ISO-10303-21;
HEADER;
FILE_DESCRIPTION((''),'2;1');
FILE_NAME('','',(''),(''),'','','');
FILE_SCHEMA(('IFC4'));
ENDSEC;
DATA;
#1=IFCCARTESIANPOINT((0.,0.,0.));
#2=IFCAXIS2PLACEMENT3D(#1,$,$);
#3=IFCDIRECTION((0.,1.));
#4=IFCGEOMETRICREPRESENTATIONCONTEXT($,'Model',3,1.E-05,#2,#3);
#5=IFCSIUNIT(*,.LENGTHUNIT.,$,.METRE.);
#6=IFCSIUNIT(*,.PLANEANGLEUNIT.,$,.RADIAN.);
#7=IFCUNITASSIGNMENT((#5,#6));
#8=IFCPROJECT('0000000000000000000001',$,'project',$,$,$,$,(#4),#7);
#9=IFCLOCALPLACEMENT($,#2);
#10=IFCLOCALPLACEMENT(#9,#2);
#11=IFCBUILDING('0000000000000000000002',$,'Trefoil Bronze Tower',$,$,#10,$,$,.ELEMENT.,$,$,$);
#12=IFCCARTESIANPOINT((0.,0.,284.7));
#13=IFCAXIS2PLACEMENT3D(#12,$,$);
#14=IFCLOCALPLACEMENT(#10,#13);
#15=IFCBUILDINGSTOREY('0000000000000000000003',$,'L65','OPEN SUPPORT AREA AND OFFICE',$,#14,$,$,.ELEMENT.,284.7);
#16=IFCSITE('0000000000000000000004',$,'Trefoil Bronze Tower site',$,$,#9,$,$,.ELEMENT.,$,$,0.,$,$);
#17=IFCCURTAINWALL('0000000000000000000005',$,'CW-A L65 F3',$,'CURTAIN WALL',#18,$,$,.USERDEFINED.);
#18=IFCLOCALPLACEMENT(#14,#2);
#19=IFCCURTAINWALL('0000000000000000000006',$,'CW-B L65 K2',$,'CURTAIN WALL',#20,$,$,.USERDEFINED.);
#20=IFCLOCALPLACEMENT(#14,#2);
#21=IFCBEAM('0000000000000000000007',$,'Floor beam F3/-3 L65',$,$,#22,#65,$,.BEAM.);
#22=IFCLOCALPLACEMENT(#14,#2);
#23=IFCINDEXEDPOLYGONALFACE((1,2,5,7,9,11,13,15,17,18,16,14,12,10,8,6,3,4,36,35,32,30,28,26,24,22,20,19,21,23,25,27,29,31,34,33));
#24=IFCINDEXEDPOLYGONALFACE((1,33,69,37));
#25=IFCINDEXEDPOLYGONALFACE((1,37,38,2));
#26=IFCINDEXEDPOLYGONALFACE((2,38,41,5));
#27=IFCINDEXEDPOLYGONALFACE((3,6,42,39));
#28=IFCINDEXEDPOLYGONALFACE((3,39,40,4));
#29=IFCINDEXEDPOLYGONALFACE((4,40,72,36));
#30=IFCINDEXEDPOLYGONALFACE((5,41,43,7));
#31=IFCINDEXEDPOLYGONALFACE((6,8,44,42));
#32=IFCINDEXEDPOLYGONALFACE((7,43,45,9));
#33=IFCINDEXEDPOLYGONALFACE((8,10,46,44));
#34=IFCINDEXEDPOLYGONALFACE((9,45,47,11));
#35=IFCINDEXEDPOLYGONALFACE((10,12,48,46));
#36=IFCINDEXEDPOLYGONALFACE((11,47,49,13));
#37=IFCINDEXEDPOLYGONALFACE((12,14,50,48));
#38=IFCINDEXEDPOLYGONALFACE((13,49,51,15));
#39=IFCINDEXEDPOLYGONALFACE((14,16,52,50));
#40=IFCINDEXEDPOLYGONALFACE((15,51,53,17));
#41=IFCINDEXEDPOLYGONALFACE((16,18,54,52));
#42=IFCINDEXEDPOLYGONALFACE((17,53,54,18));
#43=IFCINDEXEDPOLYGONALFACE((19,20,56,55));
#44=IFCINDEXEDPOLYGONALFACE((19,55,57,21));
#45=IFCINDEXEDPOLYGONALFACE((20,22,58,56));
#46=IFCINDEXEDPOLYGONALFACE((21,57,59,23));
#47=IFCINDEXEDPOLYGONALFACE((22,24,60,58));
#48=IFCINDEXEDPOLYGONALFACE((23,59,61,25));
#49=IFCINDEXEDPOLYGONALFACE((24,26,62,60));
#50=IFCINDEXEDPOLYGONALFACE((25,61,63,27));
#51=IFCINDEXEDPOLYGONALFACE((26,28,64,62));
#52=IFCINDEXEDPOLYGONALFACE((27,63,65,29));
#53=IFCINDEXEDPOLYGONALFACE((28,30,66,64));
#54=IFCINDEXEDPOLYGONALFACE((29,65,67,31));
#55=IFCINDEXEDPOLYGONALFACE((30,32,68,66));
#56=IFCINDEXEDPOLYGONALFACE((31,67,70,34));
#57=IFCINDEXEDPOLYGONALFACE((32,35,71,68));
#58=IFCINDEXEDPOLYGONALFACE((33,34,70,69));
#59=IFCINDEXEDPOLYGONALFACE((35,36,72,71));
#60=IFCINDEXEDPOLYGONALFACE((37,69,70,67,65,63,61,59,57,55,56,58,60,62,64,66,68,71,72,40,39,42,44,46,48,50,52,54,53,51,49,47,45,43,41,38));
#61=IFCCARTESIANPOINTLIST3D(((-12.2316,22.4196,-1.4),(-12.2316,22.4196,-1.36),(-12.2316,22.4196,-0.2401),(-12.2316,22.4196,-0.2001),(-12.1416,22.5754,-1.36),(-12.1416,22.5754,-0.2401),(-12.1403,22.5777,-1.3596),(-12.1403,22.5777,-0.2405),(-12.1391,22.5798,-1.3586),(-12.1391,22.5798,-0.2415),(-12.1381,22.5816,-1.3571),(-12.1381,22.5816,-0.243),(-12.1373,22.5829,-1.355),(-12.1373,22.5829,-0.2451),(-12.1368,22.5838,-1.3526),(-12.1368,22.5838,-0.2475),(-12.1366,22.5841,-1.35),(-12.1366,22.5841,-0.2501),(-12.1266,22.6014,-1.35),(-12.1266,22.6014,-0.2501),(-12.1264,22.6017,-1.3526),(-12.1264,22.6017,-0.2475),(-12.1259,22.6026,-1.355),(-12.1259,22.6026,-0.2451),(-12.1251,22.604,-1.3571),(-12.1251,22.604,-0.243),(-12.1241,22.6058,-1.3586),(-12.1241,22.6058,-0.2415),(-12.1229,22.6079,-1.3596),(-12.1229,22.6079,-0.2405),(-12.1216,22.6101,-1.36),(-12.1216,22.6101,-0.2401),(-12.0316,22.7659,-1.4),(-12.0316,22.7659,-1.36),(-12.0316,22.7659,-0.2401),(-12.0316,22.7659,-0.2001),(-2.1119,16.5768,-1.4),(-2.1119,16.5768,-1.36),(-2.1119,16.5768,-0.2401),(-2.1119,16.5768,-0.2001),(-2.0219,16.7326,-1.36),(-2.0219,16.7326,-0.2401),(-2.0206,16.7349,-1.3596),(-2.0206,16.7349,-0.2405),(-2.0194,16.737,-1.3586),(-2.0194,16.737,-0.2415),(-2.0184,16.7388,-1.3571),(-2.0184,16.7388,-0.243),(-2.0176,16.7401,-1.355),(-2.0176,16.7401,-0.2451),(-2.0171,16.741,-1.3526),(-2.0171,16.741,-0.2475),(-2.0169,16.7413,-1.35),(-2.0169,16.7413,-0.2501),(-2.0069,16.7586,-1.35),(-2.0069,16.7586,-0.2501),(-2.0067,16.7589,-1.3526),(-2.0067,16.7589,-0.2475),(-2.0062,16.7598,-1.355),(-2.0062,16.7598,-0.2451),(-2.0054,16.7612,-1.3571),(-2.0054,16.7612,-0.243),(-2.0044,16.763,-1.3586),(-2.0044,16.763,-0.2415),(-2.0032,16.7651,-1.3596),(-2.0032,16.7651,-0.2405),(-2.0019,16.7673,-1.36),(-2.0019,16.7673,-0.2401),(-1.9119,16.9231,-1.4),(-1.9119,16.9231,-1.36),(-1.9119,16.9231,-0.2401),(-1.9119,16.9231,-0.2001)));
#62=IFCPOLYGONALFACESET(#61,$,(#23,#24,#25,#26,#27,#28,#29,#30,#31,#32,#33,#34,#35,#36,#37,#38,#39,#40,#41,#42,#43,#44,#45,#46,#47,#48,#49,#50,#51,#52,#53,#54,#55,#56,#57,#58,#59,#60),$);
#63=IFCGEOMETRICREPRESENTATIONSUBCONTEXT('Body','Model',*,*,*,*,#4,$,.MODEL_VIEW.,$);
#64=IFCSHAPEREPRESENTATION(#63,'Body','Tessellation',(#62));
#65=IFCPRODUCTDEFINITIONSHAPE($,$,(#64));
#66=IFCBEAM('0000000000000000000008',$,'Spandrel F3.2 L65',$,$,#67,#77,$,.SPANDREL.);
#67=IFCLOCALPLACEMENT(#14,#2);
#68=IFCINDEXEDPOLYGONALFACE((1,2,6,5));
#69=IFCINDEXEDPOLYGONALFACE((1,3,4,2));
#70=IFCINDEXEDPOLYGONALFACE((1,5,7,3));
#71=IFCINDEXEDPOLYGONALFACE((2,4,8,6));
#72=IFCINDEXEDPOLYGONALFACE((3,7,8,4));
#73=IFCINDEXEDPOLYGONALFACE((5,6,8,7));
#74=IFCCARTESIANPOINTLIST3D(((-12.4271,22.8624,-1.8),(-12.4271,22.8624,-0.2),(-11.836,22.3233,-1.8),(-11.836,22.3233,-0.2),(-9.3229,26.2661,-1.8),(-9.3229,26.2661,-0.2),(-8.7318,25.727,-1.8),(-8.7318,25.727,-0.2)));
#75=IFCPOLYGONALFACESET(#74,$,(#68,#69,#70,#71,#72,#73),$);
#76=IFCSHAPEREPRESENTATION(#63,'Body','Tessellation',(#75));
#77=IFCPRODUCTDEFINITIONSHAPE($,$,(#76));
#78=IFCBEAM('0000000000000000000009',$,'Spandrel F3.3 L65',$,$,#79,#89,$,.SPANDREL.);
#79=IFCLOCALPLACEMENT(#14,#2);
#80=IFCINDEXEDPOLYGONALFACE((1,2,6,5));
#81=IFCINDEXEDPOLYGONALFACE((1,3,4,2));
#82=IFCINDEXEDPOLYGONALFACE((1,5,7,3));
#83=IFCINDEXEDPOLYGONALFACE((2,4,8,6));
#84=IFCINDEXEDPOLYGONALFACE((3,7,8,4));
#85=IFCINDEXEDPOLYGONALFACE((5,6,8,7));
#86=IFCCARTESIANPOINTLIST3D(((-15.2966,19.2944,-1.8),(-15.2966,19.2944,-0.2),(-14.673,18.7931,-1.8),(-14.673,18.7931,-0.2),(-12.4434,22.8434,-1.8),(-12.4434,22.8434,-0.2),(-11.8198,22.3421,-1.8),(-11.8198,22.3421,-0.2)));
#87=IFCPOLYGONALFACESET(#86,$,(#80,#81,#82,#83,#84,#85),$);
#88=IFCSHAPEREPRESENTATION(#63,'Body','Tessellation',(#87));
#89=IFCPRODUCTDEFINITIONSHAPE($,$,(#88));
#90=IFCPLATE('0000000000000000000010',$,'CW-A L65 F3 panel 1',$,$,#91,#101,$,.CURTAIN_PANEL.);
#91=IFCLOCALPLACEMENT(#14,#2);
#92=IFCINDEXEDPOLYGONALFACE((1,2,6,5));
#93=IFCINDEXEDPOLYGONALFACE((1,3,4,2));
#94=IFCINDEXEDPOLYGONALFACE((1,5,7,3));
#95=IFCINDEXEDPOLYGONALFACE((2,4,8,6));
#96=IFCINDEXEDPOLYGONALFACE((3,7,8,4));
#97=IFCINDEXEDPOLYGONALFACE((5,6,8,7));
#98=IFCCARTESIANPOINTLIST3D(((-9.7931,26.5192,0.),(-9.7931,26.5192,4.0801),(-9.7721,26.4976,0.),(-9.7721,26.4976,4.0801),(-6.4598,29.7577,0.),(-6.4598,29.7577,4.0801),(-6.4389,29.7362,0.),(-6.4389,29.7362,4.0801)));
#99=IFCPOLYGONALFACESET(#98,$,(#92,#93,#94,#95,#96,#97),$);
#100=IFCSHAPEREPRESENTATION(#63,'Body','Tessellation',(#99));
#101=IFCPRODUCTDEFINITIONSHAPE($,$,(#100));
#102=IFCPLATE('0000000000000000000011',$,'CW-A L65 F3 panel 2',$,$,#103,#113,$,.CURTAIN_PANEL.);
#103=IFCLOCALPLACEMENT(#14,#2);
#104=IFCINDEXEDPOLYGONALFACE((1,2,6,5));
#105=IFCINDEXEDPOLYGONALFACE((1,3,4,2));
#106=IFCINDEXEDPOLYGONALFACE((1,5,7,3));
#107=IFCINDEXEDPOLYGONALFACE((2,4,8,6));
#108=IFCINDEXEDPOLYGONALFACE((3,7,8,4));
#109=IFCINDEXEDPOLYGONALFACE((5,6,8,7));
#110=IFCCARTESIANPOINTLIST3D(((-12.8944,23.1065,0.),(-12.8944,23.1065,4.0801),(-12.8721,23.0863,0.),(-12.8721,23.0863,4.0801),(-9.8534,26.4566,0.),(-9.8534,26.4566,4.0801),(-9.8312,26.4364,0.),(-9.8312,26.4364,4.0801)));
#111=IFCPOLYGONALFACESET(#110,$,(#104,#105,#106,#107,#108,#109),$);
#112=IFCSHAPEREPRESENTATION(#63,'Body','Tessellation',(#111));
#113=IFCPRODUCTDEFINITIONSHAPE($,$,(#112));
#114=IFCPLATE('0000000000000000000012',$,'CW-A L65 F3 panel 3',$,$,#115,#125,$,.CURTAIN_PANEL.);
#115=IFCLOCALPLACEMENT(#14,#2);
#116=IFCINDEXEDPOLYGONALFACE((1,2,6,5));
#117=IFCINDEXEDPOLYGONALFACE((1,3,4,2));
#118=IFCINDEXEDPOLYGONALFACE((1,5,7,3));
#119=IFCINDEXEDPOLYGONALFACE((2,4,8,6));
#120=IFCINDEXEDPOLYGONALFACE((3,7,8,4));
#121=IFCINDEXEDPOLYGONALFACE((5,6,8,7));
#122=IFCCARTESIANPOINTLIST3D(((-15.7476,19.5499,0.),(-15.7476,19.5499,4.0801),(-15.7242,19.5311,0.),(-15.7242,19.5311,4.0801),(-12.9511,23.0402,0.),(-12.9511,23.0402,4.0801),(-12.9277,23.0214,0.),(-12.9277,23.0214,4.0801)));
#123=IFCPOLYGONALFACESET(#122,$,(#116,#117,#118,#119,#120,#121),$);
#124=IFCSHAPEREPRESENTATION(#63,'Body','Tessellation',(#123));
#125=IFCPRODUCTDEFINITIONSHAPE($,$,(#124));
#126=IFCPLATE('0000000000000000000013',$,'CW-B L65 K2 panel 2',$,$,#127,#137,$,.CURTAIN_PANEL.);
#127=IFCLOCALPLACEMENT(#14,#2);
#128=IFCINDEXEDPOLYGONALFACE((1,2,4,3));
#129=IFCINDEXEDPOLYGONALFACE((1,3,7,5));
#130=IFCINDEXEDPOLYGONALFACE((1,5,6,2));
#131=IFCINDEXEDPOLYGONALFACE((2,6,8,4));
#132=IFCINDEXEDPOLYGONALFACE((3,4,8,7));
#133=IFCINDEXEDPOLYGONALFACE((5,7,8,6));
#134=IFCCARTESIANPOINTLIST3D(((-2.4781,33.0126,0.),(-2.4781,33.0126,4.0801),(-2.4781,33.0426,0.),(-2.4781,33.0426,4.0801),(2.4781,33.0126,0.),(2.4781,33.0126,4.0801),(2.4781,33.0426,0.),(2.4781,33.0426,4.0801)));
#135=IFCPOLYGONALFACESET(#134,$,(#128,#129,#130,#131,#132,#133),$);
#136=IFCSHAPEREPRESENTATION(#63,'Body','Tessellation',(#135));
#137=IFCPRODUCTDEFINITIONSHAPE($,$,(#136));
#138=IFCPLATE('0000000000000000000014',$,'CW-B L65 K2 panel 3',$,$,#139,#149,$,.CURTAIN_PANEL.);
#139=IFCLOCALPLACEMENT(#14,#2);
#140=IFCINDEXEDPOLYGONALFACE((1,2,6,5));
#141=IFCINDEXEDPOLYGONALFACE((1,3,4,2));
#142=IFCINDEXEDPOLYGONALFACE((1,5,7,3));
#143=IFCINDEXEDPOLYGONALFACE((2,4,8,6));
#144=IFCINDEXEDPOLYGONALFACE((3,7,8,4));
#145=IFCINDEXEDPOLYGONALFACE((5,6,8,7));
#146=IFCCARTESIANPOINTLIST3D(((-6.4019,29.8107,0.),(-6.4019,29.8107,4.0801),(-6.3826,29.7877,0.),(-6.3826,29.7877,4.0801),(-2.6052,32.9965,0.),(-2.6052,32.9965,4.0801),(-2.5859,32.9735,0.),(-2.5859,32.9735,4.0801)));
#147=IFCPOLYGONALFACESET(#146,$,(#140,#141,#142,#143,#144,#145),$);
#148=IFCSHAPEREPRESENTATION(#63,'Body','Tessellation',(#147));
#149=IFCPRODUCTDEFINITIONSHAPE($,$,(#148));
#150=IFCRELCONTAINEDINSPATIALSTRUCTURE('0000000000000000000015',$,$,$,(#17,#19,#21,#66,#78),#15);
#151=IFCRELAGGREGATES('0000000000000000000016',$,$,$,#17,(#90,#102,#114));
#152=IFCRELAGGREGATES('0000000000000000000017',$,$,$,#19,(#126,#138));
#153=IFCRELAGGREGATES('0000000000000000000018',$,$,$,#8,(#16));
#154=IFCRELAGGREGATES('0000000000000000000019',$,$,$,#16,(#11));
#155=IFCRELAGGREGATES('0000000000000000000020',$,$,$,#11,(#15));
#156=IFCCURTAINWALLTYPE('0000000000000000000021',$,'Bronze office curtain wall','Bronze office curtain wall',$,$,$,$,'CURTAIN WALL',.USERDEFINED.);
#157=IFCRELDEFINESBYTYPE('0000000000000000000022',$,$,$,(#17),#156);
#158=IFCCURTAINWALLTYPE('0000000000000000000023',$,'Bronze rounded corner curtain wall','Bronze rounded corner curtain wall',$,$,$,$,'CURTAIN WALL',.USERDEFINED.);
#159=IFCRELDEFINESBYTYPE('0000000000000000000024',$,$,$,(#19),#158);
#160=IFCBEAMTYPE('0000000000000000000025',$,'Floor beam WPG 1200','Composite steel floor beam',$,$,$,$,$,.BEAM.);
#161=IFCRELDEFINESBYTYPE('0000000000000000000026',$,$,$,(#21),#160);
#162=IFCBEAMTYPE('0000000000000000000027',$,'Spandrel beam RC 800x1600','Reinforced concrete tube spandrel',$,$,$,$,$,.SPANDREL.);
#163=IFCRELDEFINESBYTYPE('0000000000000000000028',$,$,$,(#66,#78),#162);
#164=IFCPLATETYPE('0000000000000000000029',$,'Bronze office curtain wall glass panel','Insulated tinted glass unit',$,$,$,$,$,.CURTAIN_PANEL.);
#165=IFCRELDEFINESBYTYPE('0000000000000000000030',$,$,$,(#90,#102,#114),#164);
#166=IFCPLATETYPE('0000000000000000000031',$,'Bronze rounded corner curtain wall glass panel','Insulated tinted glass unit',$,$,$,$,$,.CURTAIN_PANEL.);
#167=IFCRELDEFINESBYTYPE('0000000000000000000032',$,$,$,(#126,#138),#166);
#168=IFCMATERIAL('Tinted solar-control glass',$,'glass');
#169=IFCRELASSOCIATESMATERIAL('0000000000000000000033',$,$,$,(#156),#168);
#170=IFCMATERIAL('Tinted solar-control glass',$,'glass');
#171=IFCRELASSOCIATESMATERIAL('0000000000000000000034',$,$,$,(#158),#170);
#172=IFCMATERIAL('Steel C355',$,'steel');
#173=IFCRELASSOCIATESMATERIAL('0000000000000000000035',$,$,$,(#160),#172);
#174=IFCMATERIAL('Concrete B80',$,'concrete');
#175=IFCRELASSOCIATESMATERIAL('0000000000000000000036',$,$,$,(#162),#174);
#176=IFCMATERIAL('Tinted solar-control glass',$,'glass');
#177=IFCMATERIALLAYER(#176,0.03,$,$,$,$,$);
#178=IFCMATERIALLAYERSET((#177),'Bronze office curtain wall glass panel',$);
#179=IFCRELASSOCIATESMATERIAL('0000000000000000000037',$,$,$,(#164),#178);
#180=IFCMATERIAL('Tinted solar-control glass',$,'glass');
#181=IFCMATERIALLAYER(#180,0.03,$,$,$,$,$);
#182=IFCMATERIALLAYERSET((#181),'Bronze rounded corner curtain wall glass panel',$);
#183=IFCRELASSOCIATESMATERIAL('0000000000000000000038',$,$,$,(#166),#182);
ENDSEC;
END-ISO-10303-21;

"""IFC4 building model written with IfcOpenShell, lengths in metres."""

from ifc_helpers import new_model, si_unit, direction, frame, origin, origin_2d, place, context, subcontext, project, spatial, rectangle, i_section, extrude, material, layer, layer_set, material_profile, profile_set, type_object, element, aggregate, save


model = new_model("IFC4")

# Units and contexts
model_context = context("Model", 3, precision=1e-05, world=origin(), true_north=direction((0.0, 1.0)))
body_context = subcontext(model_context, "Body", "Model", "MODEL_VIEW")
ifc_project = project(units=[si_unit("LENGTHUNIT", "METRE"), si_unit("PLANEANGLEUNIT", "RADIAN")], contexts=[model_context])

# Site, building, storey
site_placement = place(None, origin())
site = spatial("IfcSite", under=ifc_project, at=site_placement, Name="Trefoil Bronze Tower site", CompositionType="ELEMENT", RefElevation=0.0)
building_placement = place(site_placement, origin())
building = spatial("IfcBuilding", under=site, at=building_placement, Name="Trefoil Bronze Tower", CompositionType="ELEMENT")
storey_placement = place(building_placement, frame((0.0, 0.0, 284.7)))
storey = spatial("IfcBuildingStorey", under=building, at=storey_placement, Name="L65", Description="OPEN SUPPORT AREA AND OFFICE", CompositionType="ELEMENT", Elevation=284.7)

# Curtain walls
ifc_material_1 = material(Name="Tinted solar-control glass", Category="glass")
curtain_wall_type_1 = type_object("IfcCurtainWallType", Name="Bronze office curtain wall", Description="Bronze office curtain wall", ElementType="CURTAIN WALL", PredefinedType="USERDEFINED", material=ifc_material_1)
curtain_wall_1_placement = place(storey_placement, origin())
curtain_wall_1 = element("IfcCurtainWall", 1, at=curtain_wall_1_placement, inside=storey, type_object=curtain_wall_type_1, Name="CW-A L65 F3", ObjectType="CURTAIN WALL", PredefinedType="USERDEFINED")
ifc_material_2 = material(Name="Tinted solar-control glass", Category="glass")
curtain_wall_type_2 = type_object("IfcCurtainWallType", Name="Bronze rounded corner curtain wall", Description="Bronze rounded corner curtain wall", ElementType="CURTAIN WALL", PredefinedType="USERDEFINED", material=ifc_material_2)
curtain_wall_2_placement = place(storey_placement, origin())
curtain_wall_2 = element("IfcCurtainWall", 2, at=curtain_wall_2_placement, inside=storey, type_object=curtain_wall_type_2, Name="CW-B L65 K2", ObjectType="CURTAIN WALL", PredefinedType="USERDEFINED")

# Beams
ifc_material_3 = material(Name="Steel C355", Category="steel")
ifc_material_profile_1 = material_profile(ifc_material_3, i_section(OverallWidth=0.3999, OverallDepth=1.2, WebThickness=0.02, FlangeThickness=0.04, FilletRadius=0.01, at=origin_2d()), Name="WPG 1200")
ifc_profile_set_1 = profile_set([ifc_material_profile_1], Name="Steel C355")
beam_type_1 = type_object("IfcBeamType", Name="Floor beam WPG 1200", Description="Composite steel floor beam", PredefinedType="BEAM", material=ifc_profile_set_1)
beam_1_placement = place(storey_placement, frame((-12.1316, 22.5928, -0.8), z_axis=(0.866018, -0.500013, 0.0), x_axis=(0.500013, 0.866018, 0.0)))
element("IfcBeam", 3, at=beam_1_placement, inside=storey, type_object=beam_type_1, Name="Floor beam F3/-3 L65", PredefinedType="BEAM", context=body_context, shape_type="SweptSolid", body=[
    extrude(i_section(OverallWidth=0.3999, OverallDepth=1.2, WebThickness=0.02, FlangeThickness=0.04, FilletRadius=0.01, at=origin_2d()), origin(), (0.0, 0.0, 1.0), 11.6853),
])
ifc_material_4 = material(Name="Concrete B80", Category="concrete")
ifc_material_profile_2 = material_profile(ifc_material_4, rectangle(XDim=0.8, YDim=1.6001, at=origin_2d()), Name="RC 800x1600")
ifc_profile_set_2 = profile_set([ifc_material_profile_2], Name="Concrete B80")
beam_type_2 = type_object("IfcBeamType", Name="Spandrel beam RC 800x1600", Description="Reinforced concrete tube spandrel", PredefinedType="SPANDREL", material=ifc_profile_set_2)
beam_2_placement = place(storey_placement, frame((-9.0273, 25.9966, -1.0), z_axis=(-0.673846, -0.738872, 0.0), x_axis=(0.738872, -0.673846, 0.0)))
element("IfcBeam", 4, at=beam_2_placement, inside=storey, type_object=beam_type_2, Name="Spandrel F3.2 L65", PredefinedType="SPANDREL", context=body_context, shape_type="SweptSolid", body=[
    extrude(rectangle(XDim=0.8, YDim=1.6001, at=origin_2d()), origin(), (0.0, 0.0, 1.0), 4.6067),
])
beam_3_placement = place(storey_placement, frame((-12.1316, 22.5928, -1.0), z_axis=(-0.62657, -0.779365, 0.0), x_axis=(0.779365, -0.62657, 0.0)))
element("IfcBeam", 5, at=beam_3_placement, inside=storey, type_object=beam_type_2, Name="Spandrel F3.3 L65", PredefinedType="SPANDREL", context=body_context, shape_type="SweptSolid", body=[
    extrude(rectangle(XDim=0.8, YDim=1.6001, at=origin_2d()), origin(), (0.0, 0.0, 1.0), 4.5537),
])

# Plates
ifc_material_5 = material(Name="Tinted solar-control glass", Category="glass")
ifc_layer_1 = layer(ifc_material_5, 0.03)
ifc_layer_set_1 = layer_set([ifc_layer_1], Name="Bronze office curtain wall glass panel")
plate_type_1 = type_object("IfcPlateType", Name="Bronze office curtain wall glass panel", Description="Insulated tinted glass unit", PredefinedType="CURTAIN_PANEL", material=ifc_layer_set_1)
plate_1_placement = place(storey_placement, frame((-8.116, 28.1277, 0.0), z_axis=(0.0, 0.0, 1.0), x_axis=(-0.717218, -0.696849, 0.0)))
plate_1 = element("IfcPlate", 6, at=plate_1_placement, type_object=plate_type_1, Name="CW-A L65 F3 panel 1", PredefinedType="CURTAIN_PANEL", context=body_context, shape_type="SweptSolid", body=[
    extrude(rectangle(XDim=4.6475, YDim=0.03, at=origin_2d()), origin(), (0.0, 0.0, 1.0), 4.0801),
])
plate_2_placement = place(storey_placement, frame((-11.3628, 24.7715, 0.0), z_axis=(0.0, 0.0, 1.0), x_axis=(-0.672115, -0.740447, 0.0)))
plate_2 = element("IfcPlate", 7, at=plate_2_placement, type_object=plate_type_1, Name="CW-A L65 F3 panel 2", PredefinedType="CURTAIN_PANEL", context=body_context, shape_type="SweptSolid", body=[
    extrude(rectangle(XDim=4.5244, YDim=0.03, at=origin_2d()), origin(), (0.0, 0.0, 1.0), 4.0801),
])
plate_3_placement = place(storey_placement, frame((-14.3376, 21.2856, 0.0), z_axis=(0.0, 0.0, 1.0), x_axis=(-0.625287, -0.780395, 0.0)))
plate_3 = element("IfcPlate", 8, at=plate_3_placement, type_object=plate_type_1, Name="CW-A L65 F3 panel 3", PredefinedType="CURTAIN_PANEL", context=body_context, shape_type="SweptSolid", body=[
    extrude(rectangle(XDim=4.4724, YDim=0.03, at=origin_2d()), origin(), (0.0, 0.0, 1.0), 4.0801),
])
aggregate(curtain_wall_1, [plate_1, plate_2, plate_3])
ifc_material_6 = material(Name="Tinted solar-control glass", Category="glass")
ifc_layer_2 = layer(ifc_material_6, 0.03)
ifc_layer_set_2 = layer_set([ifc_layer_2], Name="Bronze rounded corner curtain wall glass panel")
plate_type_2 = type_object("IfcPlateType", Name="Bronze rounded corner curtain wall glass panel", Description="Insulated tinted glass unit", PredefinedType="CURTAIN_PANEL", material=ifc_layer_set_2)
plate_4_placement = place(storey_placement, frame((0.0, 33.0276, 0.0), z_axis=(0.0, 0.0, 1.0), x_axis=(-1.0, 0.0, 0.0)))
plate_4 = element("IfcPlate", 9, at=plate_4_placement, type_object=plate_type_2, Name="CW-B L65 K2 panel 2", PredefinedType="CURTAIN_PANEL", context=body_context, shape_type="SweptSolid", body=[
    extrude(rectangle(XDim=4.9563, YDim=0.03, at=origin_2d()), origin(), (0.0, 0.0, 1.0), 4.0801),
])
plate_5_placement = place(storey_placement, frame((-4.4939, 31.3921, 0.0), z_axis=(0.0, 0.0, 1.0), x_axis=(-0.766044, -0.642788, 0.0)))
plate_5 = element("IfcPlate", 10, at=plate_5_placement, type_object=plate_type_2, Name="CW-B L65 K2 panel 3", PredefinedType="CURTAIN_PANEL", context=body_context, shape_type="SweptSolid", body=[
    extrude(rectangle(XDim=4.9563, YDim=0.03, at=origin_2d()), origin(), (0.0, 0.0, 1.0), 4.0801),
])
aggregate(curtain_wall_2, [plate_4, plate_5])

save(model, "model.ifc")
